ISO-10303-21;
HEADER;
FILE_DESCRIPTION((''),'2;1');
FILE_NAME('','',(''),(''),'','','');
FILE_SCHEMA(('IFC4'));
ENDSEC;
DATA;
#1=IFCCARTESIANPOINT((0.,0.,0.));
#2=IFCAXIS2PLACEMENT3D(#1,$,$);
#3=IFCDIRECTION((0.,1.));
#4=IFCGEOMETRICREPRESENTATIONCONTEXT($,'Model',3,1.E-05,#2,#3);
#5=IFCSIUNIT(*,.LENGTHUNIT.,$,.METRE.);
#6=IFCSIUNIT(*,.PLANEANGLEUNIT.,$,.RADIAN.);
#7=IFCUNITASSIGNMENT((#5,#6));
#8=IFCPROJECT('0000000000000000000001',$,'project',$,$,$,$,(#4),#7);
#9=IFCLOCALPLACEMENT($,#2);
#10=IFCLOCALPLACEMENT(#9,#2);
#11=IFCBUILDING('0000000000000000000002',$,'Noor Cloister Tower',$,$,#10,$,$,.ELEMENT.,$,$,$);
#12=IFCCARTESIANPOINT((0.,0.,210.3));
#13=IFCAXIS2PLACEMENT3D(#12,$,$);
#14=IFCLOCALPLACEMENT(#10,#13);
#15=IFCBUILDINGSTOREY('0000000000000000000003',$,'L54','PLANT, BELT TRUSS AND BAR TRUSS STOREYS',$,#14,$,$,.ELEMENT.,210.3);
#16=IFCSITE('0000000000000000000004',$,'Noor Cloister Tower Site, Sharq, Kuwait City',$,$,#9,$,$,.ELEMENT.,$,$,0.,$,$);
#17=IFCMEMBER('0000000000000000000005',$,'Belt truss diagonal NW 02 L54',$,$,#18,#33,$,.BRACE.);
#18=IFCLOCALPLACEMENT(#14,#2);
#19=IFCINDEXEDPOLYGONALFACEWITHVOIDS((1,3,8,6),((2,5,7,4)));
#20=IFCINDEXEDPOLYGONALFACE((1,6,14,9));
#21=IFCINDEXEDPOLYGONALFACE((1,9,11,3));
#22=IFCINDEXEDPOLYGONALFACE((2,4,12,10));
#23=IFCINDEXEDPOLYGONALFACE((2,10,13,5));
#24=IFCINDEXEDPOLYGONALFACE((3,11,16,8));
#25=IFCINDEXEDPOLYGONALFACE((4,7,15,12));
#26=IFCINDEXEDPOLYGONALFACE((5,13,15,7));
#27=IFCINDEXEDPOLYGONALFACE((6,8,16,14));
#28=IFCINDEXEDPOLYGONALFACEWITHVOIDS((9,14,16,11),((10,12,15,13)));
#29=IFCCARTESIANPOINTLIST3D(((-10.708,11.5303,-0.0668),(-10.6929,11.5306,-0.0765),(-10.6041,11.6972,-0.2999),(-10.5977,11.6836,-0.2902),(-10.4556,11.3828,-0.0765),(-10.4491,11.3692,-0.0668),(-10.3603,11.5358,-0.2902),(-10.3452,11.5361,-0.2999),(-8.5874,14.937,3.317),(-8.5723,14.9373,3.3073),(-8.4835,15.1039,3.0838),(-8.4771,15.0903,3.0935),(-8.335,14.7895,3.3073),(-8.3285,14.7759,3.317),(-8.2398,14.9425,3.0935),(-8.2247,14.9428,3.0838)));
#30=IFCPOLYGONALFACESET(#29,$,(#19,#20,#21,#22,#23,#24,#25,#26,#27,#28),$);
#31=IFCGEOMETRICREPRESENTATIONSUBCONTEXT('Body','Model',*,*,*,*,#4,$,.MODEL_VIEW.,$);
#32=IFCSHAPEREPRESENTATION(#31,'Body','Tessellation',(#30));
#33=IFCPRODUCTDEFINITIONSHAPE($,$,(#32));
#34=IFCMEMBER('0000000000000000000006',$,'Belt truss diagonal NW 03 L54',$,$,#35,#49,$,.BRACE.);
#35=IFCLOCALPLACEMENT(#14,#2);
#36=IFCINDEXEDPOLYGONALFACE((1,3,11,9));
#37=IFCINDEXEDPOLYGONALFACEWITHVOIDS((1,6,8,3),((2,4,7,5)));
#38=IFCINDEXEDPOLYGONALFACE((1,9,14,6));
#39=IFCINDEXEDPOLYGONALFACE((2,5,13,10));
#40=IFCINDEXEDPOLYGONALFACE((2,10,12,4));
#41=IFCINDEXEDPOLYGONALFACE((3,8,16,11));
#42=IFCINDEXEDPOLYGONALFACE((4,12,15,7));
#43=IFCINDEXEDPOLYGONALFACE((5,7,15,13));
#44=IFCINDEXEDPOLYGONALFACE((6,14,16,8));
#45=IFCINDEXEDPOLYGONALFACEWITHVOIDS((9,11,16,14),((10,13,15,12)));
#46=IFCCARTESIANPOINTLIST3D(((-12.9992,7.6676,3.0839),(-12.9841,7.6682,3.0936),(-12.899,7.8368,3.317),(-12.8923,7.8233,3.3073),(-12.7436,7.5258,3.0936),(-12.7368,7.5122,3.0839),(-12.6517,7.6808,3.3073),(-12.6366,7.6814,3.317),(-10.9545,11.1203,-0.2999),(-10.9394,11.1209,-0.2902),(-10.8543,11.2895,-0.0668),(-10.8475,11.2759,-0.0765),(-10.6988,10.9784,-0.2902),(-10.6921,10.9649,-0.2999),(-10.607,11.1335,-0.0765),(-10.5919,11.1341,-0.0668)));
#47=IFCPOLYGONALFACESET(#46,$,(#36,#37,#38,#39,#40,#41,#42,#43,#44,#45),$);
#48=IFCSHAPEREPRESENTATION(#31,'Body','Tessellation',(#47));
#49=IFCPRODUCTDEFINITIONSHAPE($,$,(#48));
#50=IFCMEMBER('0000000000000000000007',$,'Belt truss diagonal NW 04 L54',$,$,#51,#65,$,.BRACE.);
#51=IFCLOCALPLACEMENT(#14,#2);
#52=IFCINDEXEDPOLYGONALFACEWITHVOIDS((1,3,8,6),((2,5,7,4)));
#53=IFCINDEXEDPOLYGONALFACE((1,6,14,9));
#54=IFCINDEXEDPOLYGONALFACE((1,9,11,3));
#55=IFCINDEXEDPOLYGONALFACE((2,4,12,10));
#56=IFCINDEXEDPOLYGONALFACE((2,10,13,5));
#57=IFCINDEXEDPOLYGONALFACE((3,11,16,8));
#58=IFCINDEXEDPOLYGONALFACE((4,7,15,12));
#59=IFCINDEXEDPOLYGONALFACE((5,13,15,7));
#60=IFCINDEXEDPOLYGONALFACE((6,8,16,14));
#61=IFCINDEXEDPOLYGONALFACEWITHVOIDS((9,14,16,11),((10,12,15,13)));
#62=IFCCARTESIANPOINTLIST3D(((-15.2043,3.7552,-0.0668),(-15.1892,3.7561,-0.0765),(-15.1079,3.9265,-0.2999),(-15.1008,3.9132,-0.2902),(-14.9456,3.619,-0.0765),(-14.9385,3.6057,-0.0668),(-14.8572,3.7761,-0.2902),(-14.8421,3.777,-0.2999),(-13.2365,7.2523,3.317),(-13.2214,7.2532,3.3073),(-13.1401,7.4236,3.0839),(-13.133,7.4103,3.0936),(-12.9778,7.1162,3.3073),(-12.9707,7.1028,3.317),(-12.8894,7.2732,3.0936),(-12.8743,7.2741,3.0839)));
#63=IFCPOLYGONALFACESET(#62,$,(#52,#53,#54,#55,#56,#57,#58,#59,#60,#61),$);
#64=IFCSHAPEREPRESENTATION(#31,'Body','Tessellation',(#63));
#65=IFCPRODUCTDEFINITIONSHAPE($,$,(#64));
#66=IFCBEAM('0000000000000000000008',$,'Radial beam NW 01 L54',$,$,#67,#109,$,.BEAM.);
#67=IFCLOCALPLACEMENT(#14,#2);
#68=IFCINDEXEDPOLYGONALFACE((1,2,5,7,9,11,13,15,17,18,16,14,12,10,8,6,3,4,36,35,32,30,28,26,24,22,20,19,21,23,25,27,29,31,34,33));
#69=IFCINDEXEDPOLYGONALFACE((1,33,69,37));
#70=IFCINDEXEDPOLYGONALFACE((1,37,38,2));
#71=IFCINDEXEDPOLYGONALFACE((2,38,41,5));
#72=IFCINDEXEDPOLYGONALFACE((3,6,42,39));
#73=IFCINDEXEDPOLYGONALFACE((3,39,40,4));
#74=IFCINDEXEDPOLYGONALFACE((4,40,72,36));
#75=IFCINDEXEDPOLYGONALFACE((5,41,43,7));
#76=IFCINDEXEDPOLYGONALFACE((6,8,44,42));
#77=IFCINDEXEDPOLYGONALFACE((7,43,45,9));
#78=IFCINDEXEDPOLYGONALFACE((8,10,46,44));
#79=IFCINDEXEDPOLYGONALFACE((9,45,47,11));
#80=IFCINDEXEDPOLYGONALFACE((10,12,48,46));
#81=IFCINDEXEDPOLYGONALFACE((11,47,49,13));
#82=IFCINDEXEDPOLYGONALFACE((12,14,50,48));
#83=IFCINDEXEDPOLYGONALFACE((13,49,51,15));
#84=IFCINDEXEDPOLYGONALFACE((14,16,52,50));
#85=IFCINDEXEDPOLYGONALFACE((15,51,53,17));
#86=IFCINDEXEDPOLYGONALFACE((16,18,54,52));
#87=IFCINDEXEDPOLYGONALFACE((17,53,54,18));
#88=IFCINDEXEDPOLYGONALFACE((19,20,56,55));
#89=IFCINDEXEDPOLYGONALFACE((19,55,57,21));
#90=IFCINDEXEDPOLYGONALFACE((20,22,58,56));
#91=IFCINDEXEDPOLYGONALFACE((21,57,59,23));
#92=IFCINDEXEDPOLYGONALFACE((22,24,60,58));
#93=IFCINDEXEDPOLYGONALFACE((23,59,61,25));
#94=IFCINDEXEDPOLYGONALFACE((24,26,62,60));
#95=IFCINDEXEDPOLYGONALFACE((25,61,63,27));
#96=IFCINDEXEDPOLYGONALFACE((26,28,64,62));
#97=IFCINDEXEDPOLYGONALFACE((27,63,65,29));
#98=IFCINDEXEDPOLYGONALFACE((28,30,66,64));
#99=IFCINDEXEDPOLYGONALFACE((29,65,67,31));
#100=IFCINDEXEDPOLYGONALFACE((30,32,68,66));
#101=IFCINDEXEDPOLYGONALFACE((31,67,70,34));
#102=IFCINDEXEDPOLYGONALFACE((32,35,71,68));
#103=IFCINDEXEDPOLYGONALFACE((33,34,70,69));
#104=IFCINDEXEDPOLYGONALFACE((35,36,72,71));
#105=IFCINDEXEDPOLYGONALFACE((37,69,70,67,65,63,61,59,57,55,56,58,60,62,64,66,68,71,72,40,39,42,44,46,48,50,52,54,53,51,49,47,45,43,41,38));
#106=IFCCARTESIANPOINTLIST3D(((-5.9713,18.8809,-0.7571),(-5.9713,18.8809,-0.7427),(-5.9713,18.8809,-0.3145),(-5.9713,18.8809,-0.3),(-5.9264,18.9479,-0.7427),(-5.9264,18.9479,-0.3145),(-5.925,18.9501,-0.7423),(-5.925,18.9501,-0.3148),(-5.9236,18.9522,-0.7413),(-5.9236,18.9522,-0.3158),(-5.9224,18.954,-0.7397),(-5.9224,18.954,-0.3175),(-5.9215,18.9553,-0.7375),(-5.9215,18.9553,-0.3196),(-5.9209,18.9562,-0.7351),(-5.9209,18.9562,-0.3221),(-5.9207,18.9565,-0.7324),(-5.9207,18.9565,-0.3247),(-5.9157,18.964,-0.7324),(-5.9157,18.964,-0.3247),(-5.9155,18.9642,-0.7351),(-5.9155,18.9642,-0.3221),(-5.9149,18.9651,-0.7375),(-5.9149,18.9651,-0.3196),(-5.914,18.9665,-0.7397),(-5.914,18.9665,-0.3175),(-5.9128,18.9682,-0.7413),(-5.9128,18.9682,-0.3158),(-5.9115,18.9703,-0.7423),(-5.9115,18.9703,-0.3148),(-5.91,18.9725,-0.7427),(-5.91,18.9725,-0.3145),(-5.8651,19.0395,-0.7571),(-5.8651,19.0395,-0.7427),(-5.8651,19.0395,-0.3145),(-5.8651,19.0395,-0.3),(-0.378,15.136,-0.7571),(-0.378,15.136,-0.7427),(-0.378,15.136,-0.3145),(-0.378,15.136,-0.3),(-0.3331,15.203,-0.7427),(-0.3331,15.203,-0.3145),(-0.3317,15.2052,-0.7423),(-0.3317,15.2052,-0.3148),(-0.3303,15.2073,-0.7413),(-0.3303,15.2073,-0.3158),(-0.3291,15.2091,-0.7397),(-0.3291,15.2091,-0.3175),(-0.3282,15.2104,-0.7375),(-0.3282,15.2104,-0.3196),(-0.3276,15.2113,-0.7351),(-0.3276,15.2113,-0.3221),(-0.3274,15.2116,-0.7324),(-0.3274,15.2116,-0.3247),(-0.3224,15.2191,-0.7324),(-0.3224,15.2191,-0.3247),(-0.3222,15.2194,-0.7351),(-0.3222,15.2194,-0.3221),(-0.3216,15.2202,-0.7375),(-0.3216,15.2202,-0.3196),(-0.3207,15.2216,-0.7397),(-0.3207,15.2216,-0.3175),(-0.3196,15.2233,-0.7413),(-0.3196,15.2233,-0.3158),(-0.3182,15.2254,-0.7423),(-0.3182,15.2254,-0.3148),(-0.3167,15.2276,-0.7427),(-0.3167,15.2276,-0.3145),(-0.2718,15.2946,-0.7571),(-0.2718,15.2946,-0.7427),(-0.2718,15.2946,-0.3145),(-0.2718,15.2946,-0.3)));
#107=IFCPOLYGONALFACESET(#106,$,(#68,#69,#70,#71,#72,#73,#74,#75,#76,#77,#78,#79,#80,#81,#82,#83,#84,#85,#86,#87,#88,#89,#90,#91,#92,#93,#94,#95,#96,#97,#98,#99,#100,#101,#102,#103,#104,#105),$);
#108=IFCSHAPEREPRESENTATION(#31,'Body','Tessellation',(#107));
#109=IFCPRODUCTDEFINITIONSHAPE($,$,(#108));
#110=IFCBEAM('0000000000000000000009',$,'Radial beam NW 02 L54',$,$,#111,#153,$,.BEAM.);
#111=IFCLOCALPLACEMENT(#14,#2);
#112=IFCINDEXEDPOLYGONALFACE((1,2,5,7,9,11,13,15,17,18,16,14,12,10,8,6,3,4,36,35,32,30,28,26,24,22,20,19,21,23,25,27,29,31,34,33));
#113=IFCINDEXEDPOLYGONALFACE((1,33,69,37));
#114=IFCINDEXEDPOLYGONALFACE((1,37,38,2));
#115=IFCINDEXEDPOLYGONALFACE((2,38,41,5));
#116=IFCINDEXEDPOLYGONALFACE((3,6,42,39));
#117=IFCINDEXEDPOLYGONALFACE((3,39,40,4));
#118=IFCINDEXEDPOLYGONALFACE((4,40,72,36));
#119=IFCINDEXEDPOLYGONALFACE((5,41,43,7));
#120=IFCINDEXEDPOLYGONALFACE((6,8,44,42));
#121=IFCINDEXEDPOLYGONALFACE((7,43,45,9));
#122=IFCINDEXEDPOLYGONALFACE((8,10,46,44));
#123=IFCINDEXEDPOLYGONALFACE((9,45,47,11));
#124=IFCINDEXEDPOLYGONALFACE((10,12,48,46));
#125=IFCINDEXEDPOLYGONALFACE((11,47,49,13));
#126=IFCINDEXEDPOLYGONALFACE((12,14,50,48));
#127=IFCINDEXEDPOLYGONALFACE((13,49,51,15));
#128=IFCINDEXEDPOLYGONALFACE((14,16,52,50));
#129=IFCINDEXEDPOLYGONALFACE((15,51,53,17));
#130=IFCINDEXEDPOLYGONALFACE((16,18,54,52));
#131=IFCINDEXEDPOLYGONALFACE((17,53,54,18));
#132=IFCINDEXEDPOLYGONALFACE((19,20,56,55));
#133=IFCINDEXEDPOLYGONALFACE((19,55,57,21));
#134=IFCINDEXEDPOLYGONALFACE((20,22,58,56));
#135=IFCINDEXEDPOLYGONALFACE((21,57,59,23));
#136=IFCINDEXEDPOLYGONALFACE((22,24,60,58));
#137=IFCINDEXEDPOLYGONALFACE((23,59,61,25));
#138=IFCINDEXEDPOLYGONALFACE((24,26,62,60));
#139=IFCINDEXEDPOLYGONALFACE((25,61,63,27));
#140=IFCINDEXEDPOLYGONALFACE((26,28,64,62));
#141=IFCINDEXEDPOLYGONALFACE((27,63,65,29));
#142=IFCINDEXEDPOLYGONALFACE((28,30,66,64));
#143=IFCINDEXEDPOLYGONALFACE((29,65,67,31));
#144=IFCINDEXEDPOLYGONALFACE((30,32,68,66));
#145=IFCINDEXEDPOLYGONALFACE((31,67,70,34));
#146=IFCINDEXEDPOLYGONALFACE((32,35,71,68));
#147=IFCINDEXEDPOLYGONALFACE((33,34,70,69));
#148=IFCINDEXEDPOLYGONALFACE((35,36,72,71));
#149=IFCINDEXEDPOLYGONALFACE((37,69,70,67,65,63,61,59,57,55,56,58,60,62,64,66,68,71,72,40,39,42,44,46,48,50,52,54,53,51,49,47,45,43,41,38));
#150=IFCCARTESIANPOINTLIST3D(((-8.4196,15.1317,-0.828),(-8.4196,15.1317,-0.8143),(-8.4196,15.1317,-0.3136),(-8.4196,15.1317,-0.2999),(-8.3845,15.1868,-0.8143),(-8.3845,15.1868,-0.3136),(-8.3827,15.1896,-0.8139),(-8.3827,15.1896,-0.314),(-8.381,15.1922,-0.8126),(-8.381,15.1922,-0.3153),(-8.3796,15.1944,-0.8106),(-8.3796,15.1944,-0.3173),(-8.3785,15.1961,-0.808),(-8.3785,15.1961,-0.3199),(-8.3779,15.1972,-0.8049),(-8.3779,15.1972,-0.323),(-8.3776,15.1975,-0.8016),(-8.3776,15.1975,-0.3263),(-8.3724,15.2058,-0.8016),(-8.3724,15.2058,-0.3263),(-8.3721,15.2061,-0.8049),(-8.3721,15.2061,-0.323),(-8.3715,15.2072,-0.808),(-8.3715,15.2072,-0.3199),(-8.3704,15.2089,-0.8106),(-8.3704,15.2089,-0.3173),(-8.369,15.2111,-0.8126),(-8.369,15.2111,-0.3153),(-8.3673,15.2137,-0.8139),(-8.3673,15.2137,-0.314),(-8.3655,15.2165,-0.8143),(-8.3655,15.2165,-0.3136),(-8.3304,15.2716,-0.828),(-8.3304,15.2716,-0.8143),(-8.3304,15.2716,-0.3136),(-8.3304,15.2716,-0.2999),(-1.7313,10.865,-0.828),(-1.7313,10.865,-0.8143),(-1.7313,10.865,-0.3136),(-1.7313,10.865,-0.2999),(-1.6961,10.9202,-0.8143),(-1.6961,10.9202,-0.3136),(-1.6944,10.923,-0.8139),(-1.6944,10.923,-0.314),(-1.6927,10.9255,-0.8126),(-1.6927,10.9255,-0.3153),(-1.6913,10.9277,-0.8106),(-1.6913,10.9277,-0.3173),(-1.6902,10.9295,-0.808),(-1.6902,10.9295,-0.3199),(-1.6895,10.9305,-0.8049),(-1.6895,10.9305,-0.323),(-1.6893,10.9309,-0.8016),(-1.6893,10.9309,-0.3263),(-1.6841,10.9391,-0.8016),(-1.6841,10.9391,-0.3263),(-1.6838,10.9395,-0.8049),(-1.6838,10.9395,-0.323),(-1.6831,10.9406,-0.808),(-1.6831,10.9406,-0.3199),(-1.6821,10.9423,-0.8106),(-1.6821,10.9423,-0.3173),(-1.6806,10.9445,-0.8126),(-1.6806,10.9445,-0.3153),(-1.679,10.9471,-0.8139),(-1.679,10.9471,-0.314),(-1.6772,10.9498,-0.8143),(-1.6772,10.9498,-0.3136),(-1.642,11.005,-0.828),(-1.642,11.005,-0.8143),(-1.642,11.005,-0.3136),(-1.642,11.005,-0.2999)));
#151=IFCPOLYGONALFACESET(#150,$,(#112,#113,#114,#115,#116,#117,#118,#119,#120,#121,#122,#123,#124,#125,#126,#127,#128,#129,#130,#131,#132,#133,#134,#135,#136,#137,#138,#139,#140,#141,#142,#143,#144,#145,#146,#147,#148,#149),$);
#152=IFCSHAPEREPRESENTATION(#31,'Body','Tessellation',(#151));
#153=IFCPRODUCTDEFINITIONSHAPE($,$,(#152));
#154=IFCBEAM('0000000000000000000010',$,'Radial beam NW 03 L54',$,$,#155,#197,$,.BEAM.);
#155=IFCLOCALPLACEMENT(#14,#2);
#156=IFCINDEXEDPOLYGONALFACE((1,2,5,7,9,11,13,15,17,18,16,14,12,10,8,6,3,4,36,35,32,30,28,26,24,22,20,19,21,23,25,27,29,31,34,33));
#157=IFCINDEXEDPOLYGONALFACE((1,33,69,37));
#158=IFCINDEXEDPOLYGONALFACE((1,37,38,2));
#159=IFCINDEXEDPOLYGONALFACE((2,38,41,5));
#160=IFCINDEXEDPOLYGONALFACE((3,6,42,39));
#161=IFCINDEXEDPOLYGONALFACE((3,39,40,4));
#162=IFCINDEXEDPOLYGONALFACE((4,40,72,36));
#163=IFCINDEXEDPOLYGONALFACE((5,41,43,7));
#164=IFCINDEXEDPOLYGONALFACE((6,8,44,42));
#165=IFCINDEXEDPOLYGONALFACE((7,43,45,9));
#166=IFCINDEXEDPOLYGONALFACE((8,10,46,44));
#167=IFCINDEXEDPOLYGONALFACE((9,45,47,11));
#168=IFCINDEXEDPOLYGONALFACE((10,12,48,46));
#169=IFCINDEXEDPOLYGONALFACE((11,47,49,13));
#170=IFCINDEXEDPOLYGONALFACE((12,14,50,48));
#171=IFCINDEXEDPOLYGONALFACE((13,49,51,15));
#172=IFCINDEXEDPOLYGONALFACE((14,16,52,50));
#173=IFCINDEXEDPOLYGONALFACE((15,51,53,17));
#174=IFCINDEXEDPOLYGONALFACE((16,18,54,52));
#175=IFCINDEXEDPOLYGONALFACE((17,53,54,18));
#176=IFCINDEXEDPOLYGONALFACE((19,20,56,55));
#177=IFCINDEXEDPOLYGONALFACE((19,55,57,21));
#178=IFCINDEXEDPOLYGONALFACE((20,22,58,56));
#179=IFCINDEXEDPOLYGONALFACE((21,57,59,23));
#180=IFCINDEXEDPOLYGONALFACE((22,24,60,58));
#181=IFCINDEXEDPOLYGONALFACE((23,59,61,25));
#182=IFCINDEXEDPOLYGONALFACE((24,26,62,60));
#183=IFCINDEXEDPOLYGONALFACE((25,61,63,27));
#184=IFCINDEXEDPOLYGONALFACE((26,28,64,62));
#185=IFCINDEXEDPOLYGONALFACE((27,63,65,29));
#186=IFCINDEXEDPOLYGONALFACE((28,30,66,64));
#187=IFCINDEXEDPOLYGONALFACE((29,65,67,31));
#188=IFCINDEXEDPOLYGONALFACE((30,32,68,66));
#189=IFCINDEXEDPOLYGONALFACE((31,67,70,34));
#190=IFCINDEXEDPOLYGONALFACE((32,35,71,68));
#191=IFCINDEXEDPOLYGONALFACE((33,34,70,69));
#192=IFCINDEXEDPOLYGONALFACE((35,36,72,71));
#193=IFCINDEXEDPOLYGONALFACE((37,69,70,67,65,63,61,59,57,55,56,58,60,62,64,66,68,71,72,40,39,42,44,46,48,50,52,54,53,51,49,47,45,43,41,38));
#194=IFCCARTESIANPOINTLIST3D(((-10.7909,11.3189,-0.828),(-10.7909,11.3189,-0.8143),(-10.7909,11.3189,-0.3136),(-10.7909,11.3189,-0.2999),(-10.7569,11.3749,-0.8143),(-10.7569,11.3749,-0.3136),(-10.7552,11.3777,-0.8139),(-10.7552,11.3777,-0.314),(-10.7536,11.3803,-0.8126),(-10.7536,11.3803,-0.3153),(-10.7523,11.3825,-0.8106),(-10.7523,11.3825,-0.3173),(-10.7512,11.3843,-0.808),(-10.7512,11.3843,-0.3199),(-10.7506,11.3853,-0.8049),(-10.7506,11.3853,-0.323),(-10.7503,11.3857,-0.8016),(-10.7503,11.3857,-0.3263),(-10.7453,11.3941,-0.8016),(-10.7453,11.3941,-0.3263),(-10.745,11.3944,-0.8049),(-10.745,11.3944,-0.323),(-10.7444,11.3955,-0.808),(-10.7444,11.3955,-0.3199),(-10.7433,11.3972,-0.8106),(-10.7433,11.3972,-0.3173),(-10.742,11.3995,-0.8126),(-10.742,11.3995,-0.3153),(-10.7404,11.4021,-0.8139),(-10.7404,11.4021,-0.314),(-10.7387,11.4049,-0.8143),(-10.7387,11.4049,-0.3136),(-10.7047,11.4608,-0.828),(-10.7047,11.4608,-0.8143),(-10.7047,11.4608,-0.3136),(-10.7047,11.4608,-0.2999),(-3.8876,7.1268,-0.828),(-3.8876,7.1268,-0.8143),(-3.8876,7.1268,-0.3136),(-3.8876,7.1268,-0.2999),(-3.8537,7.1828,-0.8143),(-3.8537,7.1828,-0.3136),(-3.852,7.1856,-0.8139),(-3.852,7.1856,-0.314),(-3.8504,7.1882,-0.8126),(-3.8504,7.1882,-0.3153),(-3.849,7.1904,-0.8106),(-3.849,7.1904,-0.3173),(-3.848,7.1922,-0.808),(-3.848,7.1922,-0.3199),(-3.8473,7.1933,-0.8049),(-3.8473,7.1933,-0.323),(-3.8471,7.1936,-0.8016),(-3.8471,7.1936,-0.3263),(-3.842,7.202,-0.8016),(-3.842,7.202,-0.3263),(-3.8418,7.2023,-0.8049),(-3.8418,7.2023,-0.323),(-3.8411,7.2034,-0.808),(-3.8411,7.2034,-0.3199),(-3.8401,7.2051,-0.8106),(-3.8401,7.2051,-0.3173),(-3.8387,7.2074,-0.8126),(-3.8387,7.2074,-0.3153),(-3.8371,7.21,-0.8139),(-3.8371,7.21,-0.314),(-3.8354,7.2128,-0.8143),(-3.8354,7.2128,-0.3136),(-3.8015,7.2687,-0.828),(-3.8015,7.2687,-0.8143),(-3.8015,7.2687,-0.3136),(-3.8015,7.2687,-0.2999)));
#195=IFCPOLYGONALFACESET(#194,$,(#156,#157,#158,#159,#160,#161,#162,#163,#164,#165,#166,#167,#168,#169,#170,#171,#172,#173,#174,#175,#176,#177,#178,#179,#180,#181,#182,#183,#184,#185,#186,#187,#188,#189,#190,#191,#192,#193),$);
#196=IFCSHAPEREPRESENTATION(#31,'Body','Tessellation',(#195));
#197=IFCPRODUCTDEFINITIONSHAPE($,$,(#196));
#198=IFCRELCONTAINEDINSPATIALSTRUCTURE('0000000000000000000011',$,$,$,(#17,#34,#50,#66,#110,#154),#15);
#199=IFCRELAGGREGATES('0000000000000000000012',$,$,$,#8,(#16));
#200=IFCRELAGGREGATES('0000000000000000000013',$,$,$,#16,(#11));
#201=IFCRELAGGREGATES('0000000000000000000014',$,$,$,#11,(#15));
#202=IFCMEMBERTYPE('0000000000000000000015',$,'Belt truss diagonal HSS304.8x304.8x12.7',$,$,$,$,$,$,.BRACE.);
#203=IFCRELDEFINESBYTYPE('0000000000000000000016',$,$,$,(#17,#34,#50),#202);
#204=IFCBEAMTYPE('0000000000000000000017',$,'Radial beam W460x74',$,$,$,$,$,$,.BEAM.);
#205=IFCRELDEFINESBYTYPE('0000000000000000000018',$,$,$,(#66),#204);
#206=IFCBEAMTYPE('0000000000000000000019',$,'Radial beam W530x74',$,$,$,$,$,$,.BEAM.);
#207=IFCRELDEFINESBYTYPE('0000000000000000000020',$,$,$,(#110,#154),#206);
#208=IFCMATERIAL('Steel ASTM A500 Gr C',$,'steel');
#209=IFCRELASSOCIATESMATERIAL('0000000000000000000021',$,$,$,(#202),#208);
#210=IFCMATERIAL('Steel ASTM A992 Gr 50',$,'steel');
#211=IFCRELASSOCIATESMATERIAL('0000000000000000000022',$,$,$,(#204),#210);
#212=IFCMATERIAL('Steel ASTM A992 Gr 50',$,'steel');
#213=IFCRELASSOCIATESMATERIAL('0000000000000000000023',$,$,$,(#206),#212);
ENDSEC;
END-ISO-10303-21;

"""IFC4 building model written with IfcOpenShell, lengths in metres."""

from ifc_helpers import new_model, si_unit, direction, frame, origin, origin_2d, place, context, subcontext, project, spatial, hollow_rectangle, i_section, extrude, material, material_profile, profile_set, type_object, element, save


model = new_model("IFC4")

# Units and contexts
model_context = context("Model", 3, precision=1e-05, world=origin(), true_north=direction((0.0, 1.0)))
body_context = subcontext(model_context, "Body", "Model", "MODEL_VIEW")
ifc_project = project(units=[si_unit("LENGTHUNIT", "METRE"), si_unit("PLANEANGLEUNIT", "RADIAN")], contexts=[model_context])

# Site, building, storey
site_placement = place(None, origin())
site = spatial("IfcSite", under=ifc_project, at=site_placement, Name="Noor Cloister Tower Site, Sharq, Kuwait City", CompositionType="ELEMENT", RefElevation=0.0)
building_placement = place(site_placement, origin())
building = spatial("IfcBuilding", under=site, at=building_placement, Name="Noor Cloister Tower", CompositionType="ELEMENT")
storey_placement = place(building_placement, frame((0.0, 0.0, 210.3)))
storey = spatial("IfcBuildingStorey", under=building, at=storey_placement, Name="L54", Description="PLANT, BELT TRUSS AND BAR TRUSS STOREYS", CompositionType="ELEMENT", Elevation=210.3)

# Members
ifc_material_1 = material(Name="Steel ASTM A500 Gr C", Category="steel")
ifc_material_profile_1 = material_profile(ifc_material_1, hollow_rectangle(XDim=0.3049, YDim=0.3049, WallThickness=0.0127, at=origin_2d()), Name="HSS304.8x304.8x12.7")
ifc_profile_set_1 = profile_set([ifc_material_profile_1], Name="Steel ASTM A500 Gr C")
member_type = type_object("IfcMemberType", Name="Belt truss diagonal HSS304.8x304.8x12.7", PredefinedType="BRACE", material=ifc_profile_set_1)
for number, where, z_axis, x_axis, name in (
    (1, (-10.5266, 11.5332, -0.1833), (0.403995, 0.649016, 0.644644), (-0.848961, 0.528456, 0.0), "Belt truss diagonal NW 02 L54"),
    (2, (-10.7732, 11.1272, -0.1833), (-0.389541, -0.657777, 0.644661), (0.860437, -0.509557, 0.0), "Belt truss diagonal NW 03 L54"),
    (3, (-15.0232, 3.7661, -0.1833), (0.374888, 0.66624, 0.644658), (-0.871504, 0.490388, 0.0), "Belt truss diagonal NW 04 L54"),
):
    element("IfcMember", number, at=place(storey_placement, frame(where, z_axis=z_axis, x_axis=x_axis)), inside=storey, type_object=member_type, Name=name, PredefinedType="BRACE", context=body_context, shape_type="SweptSolid", body=[
        extrude(hollow_rectangle(XDim=0.3049, YDim=0.3049, WallThickness=0.0127, at=origin_2d()), origin(), (0.0, 0.0, 1.0), 5.249),
    ])

# Beams
ifc_material_2 = material(Name="Steel ASTM A992 Gr 50", Category="steel")
ifc_material_profile_2 = material_profile(ifc_material_2, i_section(OverallWidth=0.1909, OverallDepth=0.457, WebThickness=0.009, FlangeThickness=0.0144, FilletRadius=0.0103, at=origin_2d()), Name="W460x74")
ifc_profile_set_2 = profile_set([ifc_material_profile_2], Name="Steel ASTM A992 Gr 50")
beam_type_1 = type_object("IfcBeamType", Name="Radial beam W460x74", PredefinedType="BEAM", material=ifc_profile_set_2)
beam_1_placement = place(storey_placement, frame((-5.9182, 18.9602, -0.5286), z_axis=(0.830949, -0.556348, 0.0), x_axis=(0.556348, 0.830949, 0.0)))
element("IfcBeam", 4, at=beam_1_placement, inside=storey, type_object=beam_type_1, Name="Radial beam NW 01 L54", PredefinedType="BEAM", context=body_context, shape_type="SweptSolid", body=[
    extrude(i_section(OverallWidth=0.1909, OverallDepth=0.457, WebThickness=0.009, FlangeThickness=0.0144, FilletRadius=0.0103, at=origin_2d()), origin(), (0.0, 0.0, 1.0), 6.7312),
])
ifc_material_3 = material(Name="Steel ASTM A992 Gr 50", Category="steel")
ifc_material_profile_3 = material_profile(ifc_material_3, i_section(OverallWidth=0.166, OverallDepth=0.5281, WebThickness=0.0098, FlangeThickness=0.0137, FilletRadius=0.0127, at=origin_2d()), Name="W530x74")
ifc_profile_set_3 = profile_set([ifc_material_profile_3], Name="Steel ASTM A992 Gr 50")
beam_type_2 = type_object("IfcBeamType", Name="Radial beam W530x74", PredefinedType="BEAM", material=ifc_profile_set_3)
beam_2_placement = place(storey_placement, frame((-8.375, 15.2017, -0.564), z_axis=(0.843064, -0.537813, 0.0), x_axis=(0.537813, 0.843064, 0.0)))
element("IfcBeam", 5, at=beam_2_placement, inside=storey, type_object=beam_type_2, Name="Radial beam NW 02 L54", PredefinedType="BEAM", context=body_context, shape_type="SweptSolid", body=[
    extrude(i_section(OverallWidth=0.166, OverallDepth=0.5281, WebThickness=0.0098, FlangeThickness=0.0137, FilletRadius=0.0127, at=origin_2d()), origin(), (0.0, 0.0, 1.0), 7.9333),
])
beam_3_placement = place(storey_placement, frame((-10.7478, 11.3899, -0.564), z_axis=(0.854742, -0.519054, 0.0), x_axis=(0.519054, 0.854742, 0.0)))
element("IfcBeam", 6, at=beam_3_placement, inside=storey, type_object=beam_type_2, Name="Radial beam NW 03 L54", PredefinedType="BEAM", context=body_context, shape_type="SweptSolid", body=[
    extrude(i_section(OverallWidth=0.166, OverallDepth=0.5281, WebThickness=0.0098, FlangeThickness=0.0137, FilletRadius=0.0127, at=origin_2d()), origin(), (0.0, 0.0, 1.0), 8.0764),
])

save(model, "model.ifc")
